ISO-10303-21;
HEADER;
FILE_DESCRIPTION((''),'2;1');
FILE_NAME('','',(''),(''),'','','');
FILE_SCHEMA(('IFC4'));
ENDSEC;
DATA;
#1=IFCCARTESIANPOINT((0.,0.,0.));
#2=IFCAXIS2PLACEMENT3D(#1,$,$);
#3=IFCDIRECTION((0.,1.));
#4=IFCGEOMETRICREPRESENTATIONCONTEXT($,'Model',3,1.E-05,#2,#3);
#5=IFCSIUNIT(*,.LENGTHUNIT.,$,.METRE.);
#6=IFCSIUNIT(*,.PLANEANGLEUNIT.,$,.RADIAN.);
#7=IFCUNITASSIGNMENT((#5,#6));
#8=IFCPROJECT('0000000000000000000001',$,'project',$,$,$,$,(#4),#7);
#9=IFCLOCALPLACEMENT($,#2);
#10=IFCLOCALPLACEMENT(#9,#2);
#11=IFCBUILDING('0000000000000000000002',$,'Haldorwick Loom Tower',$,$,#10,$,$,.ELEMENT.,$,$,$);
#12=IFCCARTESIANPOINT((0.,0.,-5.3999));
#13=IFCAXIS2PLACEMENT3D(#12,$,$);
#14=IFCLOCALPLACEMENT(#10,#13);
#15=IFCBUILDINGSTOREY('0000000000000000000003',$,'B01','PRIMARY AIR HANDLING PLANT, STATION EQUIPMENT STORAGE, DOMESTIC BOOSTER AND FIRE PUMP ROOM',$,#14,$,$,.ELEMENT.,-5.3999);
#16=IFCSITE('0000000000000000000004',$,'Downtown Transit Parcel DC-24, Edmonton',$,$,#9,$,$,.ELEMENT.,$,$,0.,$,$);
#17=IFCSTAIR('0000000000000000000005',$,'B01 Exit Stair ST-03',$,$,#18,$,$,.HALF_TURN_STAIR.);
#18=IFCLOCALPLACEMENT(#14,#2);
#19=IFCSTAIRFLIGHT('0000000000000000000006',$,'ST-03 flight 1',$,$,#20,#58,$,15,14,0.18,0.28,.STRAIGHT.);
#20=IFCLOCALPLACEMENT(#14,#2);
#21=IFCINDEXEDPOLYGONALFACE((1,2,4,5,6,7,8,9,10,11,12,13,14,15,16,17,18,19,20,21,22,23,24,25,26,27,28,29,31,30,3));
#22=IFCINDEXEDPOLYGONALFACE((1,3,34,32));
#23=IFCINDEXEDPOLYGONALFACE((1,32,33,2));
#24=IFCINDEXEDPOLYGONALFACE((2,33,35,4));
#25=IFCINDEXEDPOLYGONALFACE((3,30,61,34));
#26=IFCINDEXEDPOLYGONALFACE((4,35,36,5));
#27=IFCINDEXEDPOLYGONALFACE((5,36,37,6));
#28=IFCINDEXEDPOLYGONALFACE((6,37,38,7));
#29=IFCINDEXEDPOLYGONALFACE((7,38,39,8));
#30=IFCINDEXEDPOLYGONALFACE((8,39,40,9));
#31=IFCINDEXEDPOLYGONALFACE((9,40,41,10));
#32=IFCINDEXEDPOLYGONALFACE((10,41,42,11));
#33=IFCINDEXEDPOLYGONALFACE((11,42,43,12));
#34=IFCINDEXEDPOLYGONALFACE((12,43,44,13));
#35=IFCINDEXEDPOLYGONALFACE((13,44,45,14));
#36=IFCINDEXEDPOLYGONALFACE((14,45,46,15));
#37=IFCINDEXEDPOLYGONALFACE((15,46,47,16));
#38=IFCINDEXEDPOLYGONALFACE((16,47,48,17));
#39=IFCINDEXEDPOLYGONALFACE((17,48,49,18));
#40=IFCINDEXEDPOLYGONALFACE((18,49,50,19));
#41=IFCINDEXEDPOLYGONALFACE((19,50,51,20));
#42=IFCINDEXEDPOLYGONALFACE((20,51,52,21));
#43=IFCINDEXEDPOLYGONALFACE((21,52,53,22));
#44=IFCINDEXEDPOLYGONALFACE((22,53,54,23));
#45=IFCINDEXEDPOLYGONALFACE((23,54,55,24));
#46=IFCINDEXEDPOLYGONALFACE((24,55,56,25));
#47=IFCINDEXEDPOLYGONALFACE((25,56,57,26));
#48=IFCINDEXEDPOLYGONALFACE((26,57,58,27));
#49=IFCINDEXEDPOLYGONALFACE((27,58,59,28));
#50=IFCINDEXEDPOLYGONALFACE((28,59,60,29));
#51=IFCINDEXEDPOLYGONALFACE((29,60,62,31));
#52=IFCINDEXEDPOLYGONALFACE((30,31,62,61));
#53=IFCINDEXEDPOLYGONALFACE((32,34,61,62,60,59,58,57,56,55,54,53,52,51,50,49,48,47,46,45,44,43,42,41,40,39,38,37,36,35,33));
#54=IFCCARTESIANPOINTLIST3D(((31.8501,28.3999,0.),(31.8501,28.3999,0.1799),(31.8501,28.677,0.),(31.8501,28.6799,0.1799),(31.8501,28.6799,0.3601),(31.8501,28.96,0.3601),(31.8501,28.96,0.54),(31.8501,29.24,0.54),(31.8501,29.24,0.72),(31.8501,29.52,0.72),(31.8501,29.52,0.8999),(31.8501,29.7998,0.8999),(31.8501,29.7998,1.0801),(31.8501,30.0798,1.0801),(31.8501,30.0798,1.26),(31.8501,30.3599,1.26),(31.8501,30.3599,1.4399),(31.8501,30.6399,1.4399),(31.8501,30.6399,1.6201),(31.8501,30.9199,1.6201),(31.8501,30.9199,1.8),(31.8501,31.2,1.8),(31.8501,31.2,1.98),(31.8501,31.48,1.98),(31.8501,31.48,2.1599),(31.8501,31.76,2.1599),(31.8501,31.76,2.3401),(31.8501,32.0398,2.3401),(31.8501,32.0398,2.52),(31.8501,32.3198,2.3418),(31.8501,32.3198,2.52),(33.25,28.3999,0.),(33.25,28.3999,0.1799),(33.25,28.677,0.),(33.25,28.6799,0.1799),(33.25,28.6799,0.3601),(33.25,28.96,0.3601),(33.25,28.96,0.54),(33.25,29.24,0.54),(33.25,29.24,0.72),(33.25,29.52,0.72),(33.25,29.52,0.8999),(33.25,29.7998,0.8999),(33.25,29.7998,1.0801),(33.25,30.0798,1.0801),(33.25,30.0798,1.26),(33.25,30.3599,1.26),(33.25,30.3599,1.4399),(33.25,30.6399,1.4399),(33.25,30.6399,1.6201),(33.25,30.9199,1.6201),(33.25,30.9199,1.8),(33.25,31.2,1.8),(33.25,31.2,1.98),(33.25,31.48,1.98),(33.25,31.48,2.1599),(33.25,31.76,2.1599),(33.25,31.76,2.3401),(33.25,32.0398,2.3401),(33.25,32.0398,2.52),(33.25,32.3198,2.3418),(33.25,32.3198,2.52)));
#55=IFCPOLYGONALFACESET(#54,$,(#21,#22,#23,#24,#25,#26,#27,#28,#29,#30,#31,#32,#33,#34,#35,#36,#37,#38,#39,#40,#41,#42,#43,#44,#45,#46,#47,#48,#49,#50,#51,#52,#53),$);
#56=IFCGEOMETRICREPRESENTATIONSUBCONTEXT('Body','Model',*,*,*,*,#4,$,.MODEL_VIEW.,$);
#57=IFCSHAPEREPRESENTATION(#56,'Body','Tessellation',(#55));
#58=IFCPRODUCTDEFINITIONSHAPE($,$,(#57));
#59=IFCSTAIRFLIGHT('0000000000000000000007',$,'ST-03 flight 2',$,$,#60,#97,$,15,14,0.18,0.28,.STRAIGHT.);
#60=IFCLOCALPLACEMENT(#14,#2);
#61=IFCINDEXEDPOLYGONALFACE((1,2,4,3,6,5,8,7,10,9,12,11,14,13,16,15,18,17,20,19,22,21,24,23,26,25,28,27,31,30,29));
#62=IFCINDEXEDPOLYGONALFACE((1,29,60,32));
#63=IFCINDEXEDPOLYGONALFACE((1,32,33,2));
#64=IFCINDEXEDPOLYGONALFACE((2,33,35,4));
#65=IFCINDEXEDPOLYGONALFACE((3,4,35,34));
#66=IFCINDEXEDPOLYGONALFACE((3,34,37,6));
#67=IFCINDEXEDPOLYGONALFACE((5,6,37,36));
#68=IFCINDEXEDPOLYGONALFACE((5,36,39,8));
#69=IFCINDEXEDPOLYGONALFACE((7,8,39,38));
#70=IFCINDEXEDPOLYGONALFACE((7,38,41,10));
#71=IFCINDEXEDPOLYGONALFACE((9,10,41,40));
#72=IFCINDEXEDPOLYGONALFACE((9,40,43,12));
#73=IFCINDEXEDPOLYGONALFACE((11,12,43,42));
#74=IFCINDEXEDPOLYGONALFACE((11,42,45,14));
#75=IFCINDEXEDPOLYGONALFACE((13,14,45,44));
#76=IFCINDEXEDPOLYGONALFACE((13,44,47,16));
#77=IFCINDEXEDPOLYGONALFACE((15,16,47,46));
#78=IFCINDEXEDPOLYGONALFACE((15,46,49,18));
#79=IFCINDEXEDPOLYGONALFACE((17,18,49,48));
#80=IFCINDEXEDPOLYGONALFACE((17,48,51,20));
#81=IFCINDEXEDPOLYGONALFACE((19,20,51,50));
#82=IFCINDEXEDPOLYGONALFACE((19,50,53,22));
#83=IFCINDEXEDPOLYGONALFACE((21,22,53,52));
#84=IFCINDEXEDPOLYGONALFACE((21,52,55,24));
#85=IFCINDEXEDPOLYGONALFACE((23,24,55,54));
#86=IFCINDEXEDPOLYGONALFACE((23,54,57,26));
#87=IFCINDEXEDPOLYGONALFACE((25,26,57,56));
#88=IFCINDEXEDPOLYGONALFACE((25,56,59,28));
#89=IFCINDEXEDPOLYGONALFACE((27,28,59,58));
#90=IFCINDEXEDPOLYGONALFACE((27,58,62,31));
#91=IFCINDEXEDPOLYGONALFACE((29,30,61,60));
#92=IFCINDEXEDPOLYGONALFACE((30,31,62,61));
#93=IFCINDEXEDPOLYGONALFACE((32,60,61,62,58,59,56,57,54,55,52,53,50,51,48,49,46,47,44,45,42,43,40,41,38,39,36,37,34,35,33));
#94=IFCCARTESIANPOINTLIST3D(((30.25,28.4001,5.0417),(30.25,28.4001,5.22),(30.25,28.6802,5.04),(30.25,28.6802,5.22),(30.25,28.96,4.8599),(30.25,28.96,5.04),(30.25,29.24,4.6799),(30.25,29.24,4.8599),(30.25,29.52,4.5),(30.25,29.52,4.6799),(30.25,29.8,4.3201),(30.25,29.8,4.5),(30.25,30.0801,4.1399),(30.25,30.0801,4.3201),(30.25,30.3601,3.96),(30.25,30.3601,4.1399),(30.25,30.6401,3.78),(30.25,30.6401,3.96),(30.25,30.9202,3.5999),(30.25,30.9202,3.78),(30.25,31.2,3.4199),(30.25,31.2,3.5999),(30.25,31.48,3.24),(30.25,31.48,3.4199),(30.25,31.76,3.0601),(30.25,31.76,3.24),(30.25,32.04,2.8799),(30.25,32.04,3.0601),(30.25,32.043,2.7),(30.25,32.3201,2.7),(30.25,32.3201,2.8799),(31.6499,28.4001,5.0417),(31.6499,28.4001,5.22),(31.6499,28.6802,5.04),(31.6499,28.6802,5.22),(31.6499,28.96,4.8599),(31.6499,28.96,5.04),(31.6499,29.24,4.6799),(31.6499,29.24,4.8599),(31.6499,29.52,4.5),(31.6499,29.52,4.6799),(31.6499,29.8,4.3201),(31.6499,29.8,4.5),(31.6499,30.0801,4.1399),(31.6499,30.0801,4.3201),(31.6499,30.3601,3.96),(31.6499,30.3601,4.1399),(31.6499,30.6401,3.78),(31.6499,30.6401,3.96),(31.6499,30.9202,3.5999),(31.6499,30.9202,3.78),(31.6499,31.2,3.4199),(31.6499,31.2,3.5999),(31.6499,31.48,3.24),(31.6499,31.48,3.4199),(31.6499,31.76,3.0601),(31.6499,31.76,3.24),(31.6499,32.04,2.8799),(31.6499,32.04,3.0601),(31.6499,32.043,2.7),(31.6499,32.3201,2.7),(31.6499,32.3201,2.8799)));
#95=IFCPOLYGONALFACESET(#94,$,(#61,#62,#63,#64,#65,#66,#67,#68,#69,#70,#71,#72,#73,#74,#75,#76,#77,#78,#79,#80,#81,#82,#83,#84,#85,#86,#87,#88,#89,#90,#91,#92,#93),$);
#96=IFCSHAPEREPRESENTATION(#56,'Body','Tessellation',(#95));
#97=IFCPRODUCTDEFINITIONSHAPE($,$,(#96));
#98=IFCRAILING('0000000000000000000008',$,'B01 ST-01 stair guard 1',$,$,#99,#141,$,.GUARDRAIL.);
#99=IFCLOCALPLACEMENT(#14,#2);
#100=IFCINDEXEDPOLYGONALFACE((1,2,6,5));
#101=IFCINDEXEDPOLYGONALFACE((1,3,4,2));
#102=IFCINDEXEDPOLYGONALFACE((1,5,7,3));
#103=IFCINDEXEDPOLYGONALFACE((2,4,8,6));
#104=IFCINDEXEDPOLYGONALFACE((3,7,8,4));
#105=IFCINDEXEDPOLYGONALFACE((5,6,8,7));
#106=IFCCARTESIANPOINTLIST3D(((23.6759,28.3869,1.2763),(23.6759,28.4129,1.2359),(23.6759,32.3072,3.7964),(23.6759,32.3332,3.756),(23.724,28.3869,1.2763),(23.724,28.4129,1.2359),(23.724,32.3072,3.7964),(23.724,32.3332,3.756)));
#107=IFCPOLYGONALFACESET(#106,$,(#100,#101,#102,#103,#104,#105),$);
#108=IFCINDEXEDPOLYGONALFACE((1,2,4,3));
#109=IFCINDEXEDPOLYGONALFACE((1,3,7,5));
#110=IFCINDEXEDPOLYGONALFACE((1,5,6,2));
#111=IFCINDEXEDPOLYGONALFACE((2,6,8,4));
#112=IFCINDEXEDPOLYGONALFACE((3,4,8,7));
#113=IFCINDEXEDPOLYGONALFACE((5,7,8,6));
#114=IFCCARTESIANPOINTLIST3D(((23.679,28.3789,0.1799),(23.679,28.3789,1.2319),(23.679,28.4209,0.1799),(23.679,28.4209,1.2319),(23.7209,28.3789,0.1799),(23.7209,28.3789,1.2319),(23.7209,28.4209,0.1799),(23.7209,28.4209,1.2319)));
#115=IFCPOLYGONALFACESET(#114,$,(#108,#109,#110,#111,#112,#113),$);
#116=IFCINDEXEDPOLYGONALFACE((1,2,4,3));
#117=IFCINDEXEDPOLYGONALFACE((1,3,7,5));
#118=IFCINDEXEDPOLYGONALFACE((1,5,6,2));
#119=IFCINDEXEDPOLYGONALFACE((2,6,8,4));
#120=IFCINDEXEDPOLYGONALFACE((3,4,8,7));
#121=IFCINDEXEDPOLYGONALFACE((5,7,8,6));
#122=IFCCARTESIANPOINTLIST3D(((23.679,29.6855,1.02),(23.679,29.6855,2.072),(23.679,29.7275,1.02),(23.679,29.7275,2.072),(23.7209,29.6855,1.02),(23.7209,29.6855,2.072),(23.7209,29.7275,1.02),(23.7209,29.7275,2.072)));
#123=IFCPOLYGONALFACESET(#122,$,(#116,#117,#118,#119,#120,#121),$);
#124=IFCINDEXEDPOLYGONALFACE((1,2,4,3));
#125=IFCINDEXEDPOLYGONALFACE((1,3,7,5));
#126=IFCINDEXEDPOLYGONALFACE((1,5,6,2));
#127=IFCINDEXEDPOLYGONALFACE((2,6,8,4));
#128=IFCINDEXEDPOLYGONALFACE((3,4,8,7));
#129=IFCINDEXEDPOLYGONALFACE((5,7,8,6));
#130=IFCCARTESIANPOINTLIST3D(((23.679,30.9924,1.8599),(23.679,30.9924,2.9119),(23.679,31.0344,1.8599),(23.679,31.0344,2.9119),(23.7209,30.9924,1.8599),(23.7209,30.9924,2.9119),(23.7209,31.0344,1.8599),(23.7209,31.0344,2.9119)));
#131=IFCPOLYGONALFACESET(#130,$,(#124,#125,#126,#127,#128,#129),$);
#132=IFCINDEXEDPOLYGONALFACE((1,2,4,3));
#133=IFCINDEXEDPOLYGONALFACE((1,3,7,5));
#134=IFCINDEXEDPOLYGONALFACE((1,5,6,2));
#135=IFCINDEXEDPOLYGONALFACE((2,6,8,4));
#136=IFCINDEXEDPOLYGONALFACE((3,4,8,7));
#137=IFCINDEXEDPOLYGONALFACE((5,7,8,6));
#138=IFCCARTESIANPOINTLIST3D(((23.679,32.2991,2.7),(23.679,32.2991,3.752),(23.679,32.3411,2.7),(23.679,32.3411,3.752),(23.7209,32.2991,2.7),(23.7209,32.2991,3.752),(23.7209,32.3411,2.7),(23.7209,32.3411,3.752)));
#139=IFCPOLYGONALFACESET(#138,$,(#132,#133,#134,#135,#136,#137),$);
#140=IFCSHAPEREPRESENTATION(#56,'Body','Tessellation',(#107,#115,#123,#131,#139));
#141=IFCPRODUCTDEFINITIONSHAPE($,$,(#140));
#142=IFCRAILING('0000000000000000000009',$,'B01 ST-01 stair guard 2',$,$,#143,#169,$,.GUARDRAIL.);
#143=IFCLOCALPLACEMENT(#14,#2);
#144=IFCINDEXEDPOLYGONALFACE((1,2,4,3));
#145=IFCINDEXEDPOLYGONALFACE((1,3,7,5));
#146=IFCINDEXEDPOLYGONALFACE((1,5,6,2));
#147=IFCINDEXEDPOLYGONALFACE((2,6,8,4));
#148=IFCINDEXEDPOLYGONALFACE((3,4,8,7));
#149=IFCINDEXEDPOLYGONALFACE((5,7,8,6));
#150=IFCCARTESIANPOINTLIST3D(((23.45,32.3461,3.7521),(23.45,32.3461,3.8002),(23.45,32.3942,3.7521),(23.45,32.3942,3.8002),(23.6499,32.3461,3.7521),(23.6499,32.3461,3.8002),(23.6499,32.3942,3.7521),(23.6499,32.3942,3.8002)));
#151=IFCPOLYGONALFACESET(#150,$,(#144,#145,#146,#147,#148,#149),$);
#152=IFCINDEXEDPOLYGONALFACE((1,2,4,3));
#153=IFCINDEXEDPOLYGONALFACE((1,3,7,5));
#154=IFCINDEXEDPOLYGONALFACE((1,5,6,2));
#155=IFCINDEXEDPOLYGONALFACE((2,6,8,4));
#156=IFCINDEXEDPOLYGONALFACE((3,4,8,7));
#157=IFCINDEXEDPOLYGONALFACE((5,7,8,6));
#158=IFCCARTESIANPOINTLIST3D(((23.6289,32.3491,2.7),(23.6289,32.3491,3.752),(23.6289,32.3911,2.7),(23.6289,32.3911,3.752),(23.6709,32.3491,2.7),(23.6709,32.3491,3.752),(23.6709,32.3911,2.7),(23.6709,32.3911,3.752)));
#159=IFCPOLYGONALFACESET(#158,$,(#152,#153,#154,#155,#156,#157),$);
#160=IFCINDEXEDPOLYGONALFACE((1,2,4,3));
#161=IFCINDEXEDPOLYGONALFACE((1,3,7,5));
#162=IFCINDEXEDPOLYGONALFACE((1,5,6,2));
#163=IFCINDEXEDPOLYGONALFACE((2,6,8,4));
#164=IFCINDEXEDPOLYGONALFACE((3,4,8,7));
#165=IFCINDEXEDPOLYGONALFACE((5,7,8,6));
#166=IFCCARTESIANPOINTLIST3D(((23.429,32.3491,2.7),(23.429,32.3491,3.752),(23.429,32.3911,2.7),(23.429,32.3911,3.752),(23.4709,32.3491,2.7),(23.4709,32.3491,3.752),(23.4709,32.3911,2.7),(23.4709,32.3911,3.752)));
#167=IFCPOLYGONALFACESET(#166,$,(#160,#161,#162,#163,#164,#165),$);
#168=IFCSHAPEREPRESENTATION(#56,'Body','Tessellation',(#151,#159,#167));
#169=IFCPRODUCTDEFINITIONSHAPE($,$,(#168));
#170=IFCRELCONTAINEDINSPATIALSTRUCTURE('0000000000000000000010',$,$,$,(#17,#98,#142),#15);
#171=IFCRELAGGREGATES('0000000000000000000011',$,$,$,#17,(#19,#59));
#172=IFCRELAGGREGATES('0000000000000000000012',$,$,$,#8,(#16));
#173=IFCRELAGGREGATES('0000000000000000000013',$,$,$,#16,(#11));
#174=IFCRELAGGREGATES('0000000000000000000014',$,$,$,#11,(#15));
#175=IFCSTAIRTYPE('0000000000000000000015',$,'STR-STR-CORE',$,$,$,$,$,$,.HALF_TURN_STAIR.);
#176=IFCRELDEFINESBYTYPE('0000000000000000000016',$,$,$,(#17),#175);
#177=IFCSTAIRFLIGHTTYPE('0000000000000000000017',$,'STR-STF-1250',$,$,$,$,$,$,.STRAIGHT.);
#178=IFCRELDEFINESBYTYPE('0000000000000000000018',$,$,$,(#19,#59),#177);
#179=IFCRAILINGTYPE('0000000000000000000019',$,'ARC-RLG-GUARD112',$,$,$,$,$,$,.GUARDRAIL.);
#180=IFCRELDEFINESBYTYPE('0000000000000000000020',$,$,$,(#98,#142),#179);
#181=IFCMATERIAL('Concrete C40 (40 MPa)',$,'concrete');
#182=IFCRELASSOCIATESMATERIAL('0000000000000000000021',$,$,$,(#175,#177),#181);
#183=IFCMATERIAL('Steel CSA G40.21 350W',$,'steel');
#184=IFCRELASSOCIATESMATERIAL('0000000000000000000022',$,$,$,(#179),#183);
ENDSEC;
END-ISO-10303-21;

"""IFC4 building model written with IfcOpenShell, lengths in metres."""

from ifc_helpers import new_model, si_unit, direction, frame, origin, origin_2d, place, context, subcontext, project, spatial, polyline, rectangle, outline, extrude, material, type_object, element, aggregate, save


model = new_model("IFC4")

# Units and contexts
model_context = context("Model", 3, precision=1e-05, world=origin(), true_north=direction((0.0, 1.0)))
body_context = subcontext(model_context, "Body", "Model", "MODEL_VIEW")
ifc_project = project(units=[si_unit("LENGTHUNIT", "METRE"), si_unit("PLANEANGLEUNIT", "RADIAN")], contexts=[model_context])

# Site, building, storey
site_placement = place(None, origin())
site = spatial("IfcSite", under=ifc_project, at=site_placement, Name="Downtown Transit Parcel DC-24, Edmonton", CompositionType="ELEMENT", RefElevation=0.0)
building_placement = place(site_placement, origin())
building = spatial("IfcBuilding", under=site, at=building_placement, Name="Haldorwick Loom Tower", CompositionType="ELEMENT")
storey_placement = place(building_placement, frame((0.0, 0.0, -5.3999)))
storey = spatial("IfcBuildingStorey", under=building, at=storey_placement, Name="B01", Description="PRIMARY AIR HANDLING PLANT, STATION EQUIPMENT STORAGE, DOMESTIC BOOSTER AND FIRE PUMP ROOM", CompositionType="ELEMENT", Elevation=-5.3999)

# Shared definitions
ifc_material_1 = material(Name="Steel CSA G40.21 350W", Category="steel")

# Shared definitions
ifc_material_2 = material(Name="Concrete C40 (40 MPa)", Category="concrete")
stair_type = type_object("IfcStairType", Name="STR-STR-CORE", PredefinedType="HALF_TURN_STAIR", material=ifc_material_2)
stair_flight_type = type_object("IfcStairFlightType", Name="STR-STF-1250", PredefinedType="STRAIGHT", material=ifc_material_2)

# Stair, stair flights
stair_1_placement = place(storey_placement, origin())
stair_1 = element("IfcStair", 1, at=stair_1_placement, inside=storey, type_object=stair_type, Name="B01 Exit Stair ST-03", PredefinedType="HALF_TURN_STAIR")
stair_flight_1_placement = place(storey_placement, frame((32.55, 28.3999, 0.0), z_axis=(0.0, 0.0, 1.0), x_axis=(0.0, 1.0, 0.0)))
stair_flight_1 = element("IfcStairFlight", 2, at=stair_flight_1_placement, type_object=stair_flight_type, Name="ST-03 flight 1", NumberOfRisers=15, NumberOfTreads=14, PredefinedType="STRAIGHT", RiserHeight=0.18, TreadLength=0.28, context=body_context, shape_type="SweptSolid", body=[
    extrude(outline(polyline([(0.0, 0.0), (0.0, 0.1799), (0.28, 0.1799), (0.28, 0.3601), (0.5601, 0.3601), (0.5601, 0.54), (0.8401, 0.54), (0.8401, 0.72), (1.1201, 0.72), (1.1201, 0.8999), (1.3999, 0.8999), (1.3999, 1.0801), (1.6799, 1.0801), (1.6799, 1.26), (1.96, 1.26), (1.96, 1.4399), (2.24, 1.4399), (2.24, 1.6201), (2.52, 1.6201), (2.52, 1.8), (2.8, 1.8), (2.8, 1.98), (3.0801, 1.98), (3.0801, 2.1599), (3.3601, 2.1599), (3.3601, 2.3401), (3.6399, 2.3401), (3.6399, 2.52), (3.9199, 2.52), (3.9199, 2.7), (3.9199, 2.3418), (0.2771, 0.0), (0.0, 0.0)])), frame((0.0, 0.7, 0.0), z_axis=(0.0, -1.0, 0.0), x_axis=(1.0, 0.0, 0.0)), (0.0, 0.0, 1.0), 1.3999),
])
stair_flight_2_placement = place(storey_placement, frame((30.95, 32.3201, 2.7), z_axis=(0.0, 0.0, 1.0), x_axis=(0.0, -1.0, 0.0)))
stair_flight_2 = element("IfcStairFlight", 3, at=stair_flight_2_placement, type_object=stair_flight_type, Name="ST-03 flight 2", NumberOfRisers=15, NumberOfTreads=14, PredefinedType="STRAIGHT", RiserHeight=0.18, TreadLength=0.28, context=body_context, shape_type="SweptSolid", body=[
    extrude(outline(polyline([(0.0, 0.0), (0.0, 0.1799), (0.28, 0.1799), (0.28, 0.3601), (0.5601, 0.3601), (0.5601, 0.54), (0.8401, 0.54), (0.8401, 0.72), (1.1201, 0.72), (1.1201, 0.8999), (1.3999, 0.8999), (1.3999, 1.0801), (1.6799, 1.0801), (1.6799, 1.26), (1.96, 1.26), (1.96, 1.4399), (2.24, 1.4399), (2.24, 1.6201), (2.52, 1.6201), (2.52, 1.8), (2.8, 1.8), (2.8, 1.98), (3.0801, 1.98), (3.0801, 2.1599), (3.3601, 2.1599), (3.3601, 2.3401), (3.6399, 2.3401), (3.6399, 2.52), (3.9199, 2.52), (3.9199, 2.7), (3.9199, 2.3418), (0.2771, 0.0), (0.0, 0.0)])), frame((0.0, 0.7, 0.0), z_axis=(0.0, -1.0, 0.0), x_axis=(1.0, 0.0, 0.0)), (0.0, 0.0, 1.0), 1.3999),
])
aggregate(stair_1, [stair_flight_1, stair_flight_2])

# Railings
railing_type_1 = type_object("IfcRailingType", Name="ARC-RLG-GUARD112", PredefinedType="GUARDRAIL", material=ifc_material_1)
railing_1_placement = place(storey_placement, frame((23.7, 28.3999, 0.1799)))
element("IfcRailing", 4, at=railing_1_placement, inside=storey, type_object=railing_type_1, Name="B01 ST-01 stair guard 1", PredefinedType="GUARDRAIL", context=body_context, shape_type="SweptSolid", body=[
    extrude(rectangle(XDim=0.0481, YDim=0.0481, at=origin_2d()), frame((0.0, 0.0, 1.0762), z_axis=(0.0, 0.841187, 0.540744), x_axis=(-1.0, 0.0, 0.0)), (0.0, 0.0, 1.0), 4.6604),
    extrude(rectangle(XDim=0.042, YDim=0.042, at=origin_2d()), origin(), (0.0, 0.0, 1.0), 1.052),
    extrude(rectangle(XDim=0.042, YDim=0.042, at=origin_2d()), frame((0.0, 1.3066, 0.8401)), (0.0, 0.0, 1.0), 1.052),
    extrude(rectangle(XDim=0.042, YDim=0.042, at=origin_2d()), frame((0.0, 2.6135, 1.6799)), (0.0, 0.0, 1.0), 1.052),
    extrude(rectangle(XDim=0.042, YDim=0.042, at=origin_2d()), frame((0.0, 3.9202, 2.52)), (0.0, 0.0, 1.0), 1.052),
])
railing_2_placement = place(storey_placement, frame((23.6499, 32.3701, 2.7)))
element("IfcRailing", 5, at=railing_2_placement, inside=storey, type_object=railing_type_1, Name="B01 ST-01 stair guard 2", PredefinedType="GUARDRAIL", context=body_context, shape_type="SweptSolid", body=[
    extrude(rectangle(XDim=0.0481, YDim=0.0481, at=origin_2d()), frame((0.0, 0.0, 1.0762), z_axis=(-1.0, 0.0, 0.0), x_axis=(0.0, -1.0, 0.0)), (0.0, 0.0, 1.0), 0.2),
    extrude(rectangle(XDim=0.042, YDim=0.042, at=origin_2d()), origin(), (0.0, 0.0, 1.0), 1.052),
    extrude(rectangle(XDim=0.042, YDim=0.042, at=origin_2d()), frame((-0.2, 0.0, 0.0)), (0.0, 0.0, 1.0), 1.052),
])

save(model, "model.ifc")
